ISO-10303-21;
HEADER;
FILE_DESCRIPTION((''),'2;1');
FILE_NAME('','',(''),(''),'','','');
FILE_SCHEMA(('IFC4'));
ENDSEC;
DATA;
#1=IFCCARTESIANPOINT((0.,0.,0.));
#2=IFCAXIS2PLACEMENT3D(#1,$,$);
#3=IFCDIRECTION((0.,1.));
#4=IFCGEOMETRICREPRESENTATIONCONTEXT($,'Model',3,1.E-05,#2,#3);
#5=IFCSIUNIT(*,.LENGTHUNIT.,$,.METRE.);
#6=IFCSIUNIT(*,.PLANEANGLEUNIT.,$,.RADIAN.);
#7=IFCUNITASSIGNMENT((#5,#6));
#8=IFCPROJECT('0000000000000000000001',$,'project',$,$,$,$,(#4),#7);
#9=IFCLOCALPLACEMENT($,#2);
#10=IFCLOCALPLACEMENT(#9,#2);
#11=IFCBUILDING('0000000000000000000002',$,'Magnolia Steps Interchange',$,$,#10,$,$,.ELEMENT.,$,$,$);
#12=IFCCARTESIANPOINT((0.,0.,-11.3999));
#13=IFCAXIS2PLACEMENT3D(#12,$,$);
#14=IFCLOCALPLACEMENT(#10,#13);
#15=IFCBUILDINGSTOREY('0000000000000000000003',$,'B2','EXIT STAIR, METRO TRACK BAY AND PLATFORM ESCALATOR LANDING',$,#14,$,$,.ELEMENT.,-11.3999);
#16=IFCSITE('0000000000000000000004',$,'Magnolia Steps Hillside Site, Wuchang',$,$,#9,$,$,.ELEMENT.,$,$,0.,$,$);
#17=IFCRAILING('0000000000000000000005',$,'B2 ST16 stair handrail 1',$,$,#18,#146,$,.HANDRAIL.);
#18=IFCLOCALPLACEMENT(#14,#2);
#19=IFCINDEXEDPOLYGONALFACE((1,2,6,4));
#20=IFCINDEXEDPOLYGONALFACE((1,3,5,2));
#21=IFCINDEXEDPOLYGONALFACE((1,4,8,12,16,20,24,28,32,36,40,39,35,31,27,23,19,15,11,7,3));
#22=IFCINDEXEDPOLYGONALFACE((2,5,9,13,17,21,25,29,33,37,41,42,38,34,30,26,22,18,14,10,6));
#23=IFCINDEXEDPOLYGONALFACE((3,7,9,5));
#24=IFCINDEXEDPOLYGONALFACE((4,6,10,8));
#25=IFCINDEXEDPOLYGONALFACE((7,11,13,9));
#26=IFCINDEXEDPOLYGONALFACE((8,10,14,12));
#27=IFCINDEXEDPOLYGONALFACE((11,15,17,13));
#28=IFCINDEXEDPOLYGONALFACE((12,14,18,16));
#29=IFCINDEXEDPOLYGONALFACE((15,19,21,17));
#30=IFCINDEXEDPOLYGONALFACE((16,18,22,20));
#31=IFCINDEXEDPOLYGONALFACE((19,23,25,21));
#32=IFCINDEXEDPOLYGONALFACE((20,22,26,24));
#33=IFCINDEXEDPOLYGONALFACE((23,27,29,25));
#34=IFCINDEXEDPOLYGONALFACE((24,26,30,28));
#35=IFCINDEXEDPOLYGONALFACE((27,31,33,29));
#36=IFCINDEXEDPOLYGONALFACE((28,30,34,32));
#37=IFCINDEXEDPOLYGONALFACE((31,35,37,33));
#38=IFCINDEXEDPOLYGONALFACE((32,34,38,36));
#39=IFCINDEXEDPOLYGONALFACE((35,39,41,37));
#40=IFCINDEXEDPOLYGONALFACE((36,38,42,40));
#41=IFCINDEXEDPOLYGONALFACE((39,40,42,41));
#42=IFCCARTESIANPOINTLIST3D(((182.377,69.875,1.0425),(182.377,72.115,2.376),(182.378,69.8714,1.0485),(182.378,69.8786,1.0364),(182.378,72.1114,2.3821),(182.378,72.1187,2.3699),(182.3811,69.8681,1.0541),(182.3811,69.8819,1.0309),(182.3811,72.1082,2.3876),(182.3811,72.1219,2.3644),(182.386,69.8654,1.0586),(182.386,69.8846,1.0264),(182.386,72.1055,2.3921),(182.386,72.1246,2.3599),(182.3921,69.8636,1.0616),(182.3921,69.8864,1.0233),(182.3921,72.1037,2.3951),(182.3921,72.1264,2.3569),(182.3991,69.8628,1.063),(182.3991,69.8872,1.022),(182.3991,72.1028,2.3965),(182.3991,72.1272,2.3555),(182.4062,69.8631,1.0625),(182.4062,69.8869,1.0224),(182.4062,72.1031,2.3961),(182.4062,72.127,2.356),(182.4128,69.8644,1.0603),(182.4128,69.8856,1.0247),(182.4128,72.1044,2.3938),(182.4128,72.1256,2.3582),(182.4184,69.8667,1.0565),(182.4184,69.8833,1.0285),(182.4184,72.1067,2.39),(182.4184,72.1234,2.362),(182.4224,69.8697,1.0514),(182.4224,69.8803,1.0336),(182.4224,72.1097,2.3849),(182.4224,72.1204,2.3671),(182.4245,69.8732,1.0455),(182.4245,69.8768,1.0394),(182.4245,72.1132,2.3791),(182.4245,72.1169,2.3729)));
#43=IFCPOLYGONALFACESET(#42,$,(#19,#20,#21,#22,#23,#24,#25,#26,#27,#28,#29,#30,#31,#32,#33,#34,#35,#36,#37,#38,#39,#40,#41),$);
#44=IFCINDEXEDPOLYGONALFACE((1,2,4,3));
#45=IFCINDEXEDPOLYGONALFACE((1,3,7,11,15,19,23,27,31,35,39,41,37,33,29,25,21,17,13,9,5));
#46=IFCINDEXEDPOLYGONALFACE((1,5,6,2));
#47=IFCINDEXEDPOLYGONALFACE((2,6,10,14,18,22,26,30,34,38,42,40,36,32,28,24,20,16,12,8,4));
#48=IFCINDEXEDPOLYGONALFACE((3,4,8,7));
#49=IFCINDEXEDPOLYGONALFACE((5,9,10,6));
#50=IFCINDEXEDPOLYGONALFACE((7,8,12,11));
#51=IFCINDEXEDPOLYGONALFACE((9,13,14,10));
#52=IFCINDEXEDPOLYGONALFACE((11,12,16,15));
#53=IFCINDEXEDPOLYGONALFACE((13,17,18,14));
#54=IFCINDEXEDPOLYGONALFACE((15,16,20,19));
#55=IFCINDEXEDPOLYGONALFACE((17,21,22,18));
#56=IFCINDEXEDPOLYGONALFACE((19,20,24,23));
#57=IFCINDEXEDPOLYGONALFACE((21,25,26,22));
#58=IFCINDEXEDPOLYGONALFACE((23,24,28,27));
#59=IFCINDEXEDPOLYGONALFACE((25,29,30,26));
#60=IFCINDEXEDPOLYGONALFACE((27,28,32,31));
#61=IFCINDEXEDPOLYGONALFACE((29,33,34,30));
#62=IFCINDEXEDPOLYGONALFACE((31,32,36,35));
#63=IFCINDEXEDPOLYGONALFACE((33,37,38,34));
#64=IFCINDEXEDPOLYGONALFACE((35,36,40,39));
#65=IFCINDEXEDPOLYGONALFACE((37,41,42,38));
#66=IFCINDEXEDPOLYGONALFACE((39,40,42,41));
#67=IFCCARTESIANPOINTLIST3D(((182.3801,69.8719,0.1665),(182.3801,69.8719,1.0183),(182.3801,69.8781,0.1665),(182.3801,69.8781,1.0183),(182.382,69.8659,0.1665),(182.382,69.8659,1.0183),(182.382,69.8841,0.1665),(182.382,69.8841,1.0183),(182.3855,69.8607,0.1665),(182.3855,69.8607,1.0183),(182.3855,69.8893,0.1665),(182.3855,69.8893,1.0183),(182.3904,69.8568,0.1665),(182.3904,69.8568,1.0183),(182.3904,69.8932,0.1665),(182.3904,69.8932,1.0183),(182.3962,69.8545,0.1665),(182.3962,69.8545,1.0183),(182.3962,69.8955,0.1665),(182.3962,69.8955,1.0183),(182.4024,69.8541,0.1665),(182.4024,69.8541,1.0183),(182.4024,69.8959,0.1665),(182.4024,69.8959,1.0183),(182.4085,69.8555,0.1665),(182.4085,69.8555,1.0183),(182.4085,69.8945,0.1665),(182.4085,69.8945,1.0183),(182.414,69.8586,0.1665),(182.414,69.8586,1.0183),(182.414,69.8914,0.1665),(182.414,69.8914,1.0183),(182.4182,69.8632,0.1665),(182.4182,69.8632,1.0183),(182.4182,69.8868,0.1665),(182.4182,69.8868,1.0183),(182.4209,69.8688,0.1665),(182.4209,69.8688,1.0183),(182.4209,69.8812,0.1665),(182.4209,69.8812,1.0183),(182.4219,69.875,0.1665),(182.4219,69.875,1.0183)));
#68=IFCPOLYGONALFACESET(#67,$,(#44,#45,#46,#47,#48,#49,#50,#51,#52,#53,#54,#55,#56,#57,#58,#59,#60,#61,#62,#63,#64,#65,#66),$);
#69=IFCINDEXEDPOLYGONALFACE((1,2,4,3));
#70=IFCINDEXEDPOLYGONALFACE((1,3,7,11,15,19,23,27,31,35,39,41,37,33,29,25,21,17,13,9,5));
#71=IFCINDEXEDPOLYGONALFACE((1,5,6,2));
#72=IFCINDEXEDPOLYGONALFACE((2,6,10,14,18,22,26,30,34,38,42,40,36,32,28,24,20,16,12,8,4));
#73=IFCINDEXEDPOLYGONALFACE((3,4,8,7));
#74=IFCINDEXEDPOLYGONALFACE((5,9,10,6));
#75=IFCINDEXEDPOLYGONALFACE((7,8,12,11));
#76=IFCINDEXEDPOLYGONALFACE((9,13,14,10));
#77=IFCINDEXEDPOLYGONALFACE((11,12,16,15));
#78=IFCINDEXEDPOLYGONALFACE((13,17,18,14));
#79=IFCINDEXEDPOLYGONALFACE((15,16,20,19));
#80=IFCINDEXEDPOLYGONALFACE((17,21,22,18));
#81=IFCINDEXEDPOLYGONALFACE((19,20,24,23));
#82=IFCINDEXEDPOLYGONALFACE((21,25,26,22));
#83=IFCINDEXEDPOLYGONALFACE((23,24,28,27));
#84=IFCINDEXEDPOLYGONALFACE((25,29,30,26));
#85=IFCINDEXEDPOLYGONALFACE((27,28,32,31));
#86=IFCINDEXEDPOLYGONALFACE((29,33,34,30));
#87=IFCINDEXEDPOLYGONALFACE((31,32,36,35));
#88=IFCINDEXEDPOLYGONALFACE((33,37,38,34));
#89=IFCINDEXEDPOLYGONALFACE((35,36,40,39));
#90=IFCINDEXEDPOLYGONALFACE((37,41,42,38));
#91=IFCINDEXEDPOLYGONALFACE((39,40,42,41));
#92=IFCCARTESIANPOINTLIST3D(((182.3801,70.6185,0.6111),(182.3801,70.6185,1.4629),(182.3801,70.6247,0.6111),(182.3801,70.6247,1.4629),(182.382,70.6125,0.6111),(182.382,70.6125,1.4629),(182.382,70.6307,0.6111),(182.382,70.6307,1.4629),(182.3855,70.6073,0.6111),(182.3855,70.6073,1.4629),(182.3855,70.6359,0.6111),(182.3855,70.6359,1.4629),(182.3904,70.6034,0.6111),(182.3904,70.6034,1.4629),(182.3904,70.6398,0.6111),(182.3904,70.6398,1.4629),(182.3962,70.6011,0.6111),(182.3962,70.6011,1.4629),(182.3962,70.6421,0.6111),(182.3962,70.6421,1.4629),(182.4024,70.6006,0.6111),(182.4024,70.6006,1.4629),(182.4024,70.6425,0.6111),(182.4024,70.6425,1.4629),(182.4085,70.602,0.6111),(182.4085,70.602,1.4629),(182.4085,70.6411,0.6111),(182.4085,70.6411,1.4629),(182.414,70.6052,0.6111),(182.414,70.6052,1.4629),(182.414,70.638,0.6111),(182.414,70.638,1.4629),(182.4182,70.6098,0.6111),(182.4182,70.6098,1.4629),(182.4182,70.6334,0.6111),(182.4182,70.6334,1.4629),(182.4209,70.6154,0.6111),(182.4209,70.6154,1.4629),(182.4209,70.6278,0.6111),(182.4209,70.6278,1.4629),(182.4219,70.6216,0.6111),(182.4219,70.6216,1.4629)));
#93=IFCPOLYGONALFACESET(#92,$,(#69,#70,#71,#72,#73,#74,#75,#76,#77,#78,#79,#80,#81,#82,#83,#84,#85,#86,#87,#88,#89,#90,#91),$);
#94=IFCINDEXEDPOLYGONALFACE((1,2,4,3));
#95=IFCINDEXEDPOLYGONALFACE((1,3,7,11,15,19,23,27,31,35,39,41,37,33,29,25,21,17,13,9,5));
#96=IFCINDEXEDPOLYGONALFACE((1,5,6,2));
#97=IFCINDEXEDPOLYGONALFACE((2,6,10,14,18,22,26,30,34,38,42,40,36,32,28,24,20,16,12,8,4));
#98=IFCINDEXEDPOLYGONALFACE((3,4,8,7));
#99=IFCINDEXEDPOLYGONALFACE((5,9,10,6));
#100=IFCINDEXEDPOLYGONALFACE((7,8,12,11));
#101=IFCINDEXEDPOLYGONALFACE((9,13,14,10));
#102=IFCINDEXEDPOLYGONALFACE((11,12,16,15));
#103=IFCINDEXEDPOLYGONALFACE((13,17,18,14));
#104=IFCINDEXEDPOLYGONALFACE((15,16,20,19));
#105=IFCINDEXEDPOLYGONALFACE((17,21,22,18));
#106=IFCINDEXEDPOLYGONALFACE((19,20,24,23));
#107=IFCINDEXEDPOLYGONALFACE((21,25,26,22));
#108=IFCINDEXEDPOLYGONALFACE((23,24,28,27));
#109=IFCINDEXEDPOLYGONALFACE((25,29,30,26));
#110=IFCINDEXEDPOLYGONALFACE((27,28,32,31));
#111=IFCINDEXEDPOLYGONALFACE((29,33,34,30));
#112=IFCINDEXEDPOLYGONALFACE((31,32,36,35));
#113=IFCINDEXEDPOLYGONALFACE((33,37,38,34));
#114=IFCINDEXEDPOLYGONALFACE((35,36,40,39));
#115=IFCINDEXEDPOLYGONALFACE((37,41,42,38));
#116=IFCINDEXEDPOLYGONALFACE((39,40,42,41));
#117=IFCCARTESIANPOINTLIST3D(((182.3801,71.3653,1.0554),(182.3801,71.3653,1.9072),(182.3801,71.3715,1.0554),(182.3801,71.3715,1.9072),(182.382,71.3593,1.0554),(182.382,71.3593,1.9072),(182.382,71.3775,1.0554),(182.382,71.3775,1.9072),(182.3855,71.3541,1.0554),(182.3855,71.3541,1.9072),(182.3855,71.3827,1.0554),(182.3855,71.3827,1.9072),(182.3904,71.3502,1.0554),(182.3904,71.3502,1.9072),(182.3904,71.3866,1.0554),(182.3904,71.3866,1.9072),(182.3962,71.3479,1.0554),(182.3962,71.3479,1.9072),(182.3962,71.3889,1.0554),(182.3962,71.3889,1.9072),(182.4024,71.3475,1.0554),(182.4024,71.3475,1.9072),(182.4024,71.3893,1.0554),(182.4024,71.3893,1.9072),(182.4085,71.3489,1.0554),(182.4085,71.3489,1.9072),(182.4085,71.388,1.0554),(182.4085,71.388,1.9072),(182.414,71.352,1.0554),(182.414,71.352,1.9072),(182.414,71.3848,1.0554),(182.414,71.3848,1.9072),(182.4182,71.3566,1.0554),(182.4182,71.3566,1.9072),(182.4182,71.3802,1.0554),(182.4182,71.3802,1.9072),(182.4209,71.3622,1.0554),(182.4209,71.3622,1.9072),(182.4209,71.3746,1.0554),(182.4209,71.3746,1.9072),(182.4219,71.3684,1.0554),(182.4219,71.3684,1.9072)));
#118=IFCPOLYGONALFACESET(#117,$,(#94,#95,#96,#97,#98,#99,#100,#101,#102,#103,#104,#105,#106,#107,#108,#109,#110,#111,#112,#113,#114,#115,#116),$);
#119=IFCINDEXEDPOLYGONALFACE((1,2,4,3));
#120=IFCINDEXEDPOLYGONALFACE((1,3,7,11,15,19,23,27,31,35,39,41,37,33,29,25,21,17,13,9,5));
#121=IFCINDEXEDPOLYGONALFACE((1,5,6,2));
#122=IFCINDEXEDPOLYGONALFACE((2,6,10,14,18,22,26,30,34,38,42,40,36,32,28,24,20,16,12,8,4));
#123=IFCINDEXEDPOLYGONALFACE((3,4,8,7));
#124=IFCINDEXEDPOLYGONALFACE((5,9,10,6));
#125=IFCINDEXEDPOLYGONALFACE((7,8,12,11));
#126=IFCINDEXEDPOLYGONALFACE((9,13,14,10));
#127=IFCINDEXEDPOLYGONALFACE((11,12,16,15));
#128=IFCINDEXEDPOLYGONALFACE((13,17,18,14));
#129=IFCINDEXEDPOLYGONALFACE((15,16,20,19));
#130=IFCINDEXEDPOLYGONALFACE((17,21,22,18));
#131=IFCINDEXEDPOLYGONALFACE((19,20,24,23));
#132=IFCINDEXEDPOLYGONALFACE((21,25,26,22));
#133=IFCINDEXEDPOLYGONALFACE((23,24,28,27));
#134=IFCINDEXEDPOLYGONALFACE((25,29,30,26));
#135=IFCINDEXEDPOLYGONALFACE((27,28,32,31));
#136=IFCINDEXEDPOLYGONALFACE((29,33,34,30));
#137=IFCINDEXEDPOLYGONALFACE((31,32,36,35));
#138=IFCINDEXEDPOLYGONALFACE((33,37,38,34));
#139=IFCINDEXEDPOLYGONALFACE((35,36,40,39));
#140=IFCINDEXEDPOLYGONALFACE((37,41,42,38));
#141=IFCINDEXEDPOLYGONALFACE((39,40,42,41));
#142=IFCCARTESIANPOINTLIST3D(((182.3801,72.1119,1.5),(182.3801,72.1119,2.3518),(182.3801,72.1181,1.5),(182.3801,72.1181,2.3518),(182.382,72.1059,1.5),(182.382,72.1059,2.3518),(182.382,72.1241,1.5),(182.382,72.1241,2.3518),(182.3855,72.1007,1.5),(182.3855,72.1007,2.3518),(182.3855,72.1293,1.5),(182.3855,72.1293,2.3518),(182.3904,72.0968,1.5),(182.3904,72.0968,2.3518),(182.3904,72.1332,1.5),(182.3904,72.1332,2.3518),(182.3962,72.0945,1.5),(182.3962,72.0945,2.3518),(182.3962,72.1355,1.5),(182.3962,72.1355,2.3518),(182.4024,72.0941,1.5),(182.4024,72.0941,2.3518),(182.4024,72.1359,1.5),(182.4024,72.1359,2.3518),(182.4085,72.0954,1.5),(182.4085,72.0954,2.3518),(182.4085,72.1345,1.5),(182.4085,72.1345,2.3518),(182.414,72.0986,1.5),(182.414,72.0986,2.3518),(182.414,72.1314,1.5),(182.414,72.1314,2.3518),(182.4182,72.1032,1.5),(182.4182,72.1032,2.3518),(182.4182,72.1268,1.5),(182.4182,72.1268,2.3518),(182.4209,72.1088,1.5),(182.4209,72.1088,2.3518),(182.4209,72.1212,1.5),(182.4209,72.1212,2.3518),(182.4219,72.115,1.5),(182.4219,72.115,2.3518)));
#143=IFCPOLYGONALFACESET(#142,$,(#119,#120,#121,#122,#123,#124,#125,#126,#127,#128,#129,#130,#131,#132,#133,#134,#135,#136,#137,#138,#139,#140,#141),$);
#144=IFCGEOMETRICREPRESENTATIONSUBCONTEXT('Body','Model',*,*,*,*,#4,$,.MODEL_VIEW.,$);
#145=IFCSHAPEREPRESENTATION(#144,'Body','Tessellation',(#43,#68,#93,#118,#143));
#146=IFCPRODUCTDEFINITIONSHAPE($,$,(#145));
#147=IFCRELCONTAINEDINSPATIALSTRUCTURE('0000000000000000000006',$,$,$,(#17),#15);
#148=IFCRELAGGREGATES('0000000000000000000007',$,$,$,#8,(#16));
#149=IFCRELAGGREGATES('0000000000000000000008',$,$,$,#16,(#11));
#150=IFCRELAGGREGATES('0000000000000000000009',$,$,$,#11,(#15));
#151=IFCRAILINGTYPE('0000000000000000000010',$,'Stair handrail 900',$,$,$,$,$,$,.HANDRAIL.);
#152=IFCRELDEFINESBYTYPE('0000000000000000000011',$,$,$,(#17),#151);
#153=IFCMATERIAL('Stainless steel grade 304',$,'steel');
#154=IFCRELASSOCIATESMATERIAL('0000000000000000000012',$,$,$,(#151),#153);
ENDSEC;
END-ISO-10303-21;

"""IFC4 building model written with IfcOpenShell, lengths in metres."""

from ifc_helpers import new_model, si_unit, direction, frame, origin, origin_2d, place, context, subcontext, project, spatial, circle, extrude, material, type_object, element, save


model = new_model("IFC4")

# Units and contexts
model_context = context("Model", 3, precision=1e-05, world=origin(), true_north=direction((0.0, 1.0)))
body_context = subcontext(model_context, "Body", "Model", "MODEL_VIEW")
ifc_project = project(units=[si_unit("LENGTHUNIT", "METRE"), si_unit("PLANEANGLEUNIT", "RADIAN")], contexts=[model_context])

# Site, building, storey
site_placement = place(None, origin())
site = spatial("IfcSite", under=ifc_project, at=site_placement, Name="Magnolia Steps Hillside Site, Wuchang", CompositionType="ELEMENT", RefElevation=0.0)
building_placement = place(site_placement, origin())
building = spatial("IfcBuilding", under=site, at=building_placement, Name="Magnolia Steps Interchange", CompositionType="ELEMENT")
storey_placement = place(building_placement, frame((0.0, 0.0, -11.3999)))
storey = spatial("IfcBuildingStorey", under=building, at=storey_placement, Name="B2", Description="EXIT STAIR, METRO TRACK BAY AND PLATFORM ESCALATOR LANDING", CompositionType="ELEMENT", Elevation=-11.3999)

# Railing
ifc_material_1 = material(Name="Stainless steel grade 304", Category="steel")
railing_type_1 = type_object("IfcRailingType", Name="Stair handrail 900", PredefinedType="HANDRAIL", material=ifc_material_1)
railing_1_placement = place(storey_placement, frame((182.4009, 69.875, 0.1665)))
element("IfcRailing", 1, at=railing_1_placement, inside=storey, type_object=railing_type_1, Name="B2 ST16 stair handrail 1", PredefinedType="HANDRAIL", context=body_context, shape_type="SweptSolid", body=[
    extrude(circle(Radius=0.0239, at=origin_2d()), frame((0.0, 0.0, 0.876), z_axis=(0.0, 0.859264, 0.511532), x_axis=(-1.0, 0.0, 0.0)), (0.0, 0.0, 1.0), 2.6069),
    extrude(circle(Radius=0.021, at=origin_2d()), origin(), (0.0, 0.0, 1.0), 0.8518),
    extrude(circle(Radius=0.021, at=origin_2d()), frame((0.0, 0.7466, 0.4446)), (0.0, 0.0, 1.0), 0.8518),
    extrude(circle(Radius=0.021, at=origin_2d()), frame((0.0, 1.4934, 0.8889)), (0.0, 0.0, 1.0), 0.8518),
    extrude(circle(Radius=0.021, at=origin_2d()), frame((0.0, 2.24, 1.3335)), (0.0, 0.0, 1.0), 0.8518),
])

save(model, "model.ifc")
